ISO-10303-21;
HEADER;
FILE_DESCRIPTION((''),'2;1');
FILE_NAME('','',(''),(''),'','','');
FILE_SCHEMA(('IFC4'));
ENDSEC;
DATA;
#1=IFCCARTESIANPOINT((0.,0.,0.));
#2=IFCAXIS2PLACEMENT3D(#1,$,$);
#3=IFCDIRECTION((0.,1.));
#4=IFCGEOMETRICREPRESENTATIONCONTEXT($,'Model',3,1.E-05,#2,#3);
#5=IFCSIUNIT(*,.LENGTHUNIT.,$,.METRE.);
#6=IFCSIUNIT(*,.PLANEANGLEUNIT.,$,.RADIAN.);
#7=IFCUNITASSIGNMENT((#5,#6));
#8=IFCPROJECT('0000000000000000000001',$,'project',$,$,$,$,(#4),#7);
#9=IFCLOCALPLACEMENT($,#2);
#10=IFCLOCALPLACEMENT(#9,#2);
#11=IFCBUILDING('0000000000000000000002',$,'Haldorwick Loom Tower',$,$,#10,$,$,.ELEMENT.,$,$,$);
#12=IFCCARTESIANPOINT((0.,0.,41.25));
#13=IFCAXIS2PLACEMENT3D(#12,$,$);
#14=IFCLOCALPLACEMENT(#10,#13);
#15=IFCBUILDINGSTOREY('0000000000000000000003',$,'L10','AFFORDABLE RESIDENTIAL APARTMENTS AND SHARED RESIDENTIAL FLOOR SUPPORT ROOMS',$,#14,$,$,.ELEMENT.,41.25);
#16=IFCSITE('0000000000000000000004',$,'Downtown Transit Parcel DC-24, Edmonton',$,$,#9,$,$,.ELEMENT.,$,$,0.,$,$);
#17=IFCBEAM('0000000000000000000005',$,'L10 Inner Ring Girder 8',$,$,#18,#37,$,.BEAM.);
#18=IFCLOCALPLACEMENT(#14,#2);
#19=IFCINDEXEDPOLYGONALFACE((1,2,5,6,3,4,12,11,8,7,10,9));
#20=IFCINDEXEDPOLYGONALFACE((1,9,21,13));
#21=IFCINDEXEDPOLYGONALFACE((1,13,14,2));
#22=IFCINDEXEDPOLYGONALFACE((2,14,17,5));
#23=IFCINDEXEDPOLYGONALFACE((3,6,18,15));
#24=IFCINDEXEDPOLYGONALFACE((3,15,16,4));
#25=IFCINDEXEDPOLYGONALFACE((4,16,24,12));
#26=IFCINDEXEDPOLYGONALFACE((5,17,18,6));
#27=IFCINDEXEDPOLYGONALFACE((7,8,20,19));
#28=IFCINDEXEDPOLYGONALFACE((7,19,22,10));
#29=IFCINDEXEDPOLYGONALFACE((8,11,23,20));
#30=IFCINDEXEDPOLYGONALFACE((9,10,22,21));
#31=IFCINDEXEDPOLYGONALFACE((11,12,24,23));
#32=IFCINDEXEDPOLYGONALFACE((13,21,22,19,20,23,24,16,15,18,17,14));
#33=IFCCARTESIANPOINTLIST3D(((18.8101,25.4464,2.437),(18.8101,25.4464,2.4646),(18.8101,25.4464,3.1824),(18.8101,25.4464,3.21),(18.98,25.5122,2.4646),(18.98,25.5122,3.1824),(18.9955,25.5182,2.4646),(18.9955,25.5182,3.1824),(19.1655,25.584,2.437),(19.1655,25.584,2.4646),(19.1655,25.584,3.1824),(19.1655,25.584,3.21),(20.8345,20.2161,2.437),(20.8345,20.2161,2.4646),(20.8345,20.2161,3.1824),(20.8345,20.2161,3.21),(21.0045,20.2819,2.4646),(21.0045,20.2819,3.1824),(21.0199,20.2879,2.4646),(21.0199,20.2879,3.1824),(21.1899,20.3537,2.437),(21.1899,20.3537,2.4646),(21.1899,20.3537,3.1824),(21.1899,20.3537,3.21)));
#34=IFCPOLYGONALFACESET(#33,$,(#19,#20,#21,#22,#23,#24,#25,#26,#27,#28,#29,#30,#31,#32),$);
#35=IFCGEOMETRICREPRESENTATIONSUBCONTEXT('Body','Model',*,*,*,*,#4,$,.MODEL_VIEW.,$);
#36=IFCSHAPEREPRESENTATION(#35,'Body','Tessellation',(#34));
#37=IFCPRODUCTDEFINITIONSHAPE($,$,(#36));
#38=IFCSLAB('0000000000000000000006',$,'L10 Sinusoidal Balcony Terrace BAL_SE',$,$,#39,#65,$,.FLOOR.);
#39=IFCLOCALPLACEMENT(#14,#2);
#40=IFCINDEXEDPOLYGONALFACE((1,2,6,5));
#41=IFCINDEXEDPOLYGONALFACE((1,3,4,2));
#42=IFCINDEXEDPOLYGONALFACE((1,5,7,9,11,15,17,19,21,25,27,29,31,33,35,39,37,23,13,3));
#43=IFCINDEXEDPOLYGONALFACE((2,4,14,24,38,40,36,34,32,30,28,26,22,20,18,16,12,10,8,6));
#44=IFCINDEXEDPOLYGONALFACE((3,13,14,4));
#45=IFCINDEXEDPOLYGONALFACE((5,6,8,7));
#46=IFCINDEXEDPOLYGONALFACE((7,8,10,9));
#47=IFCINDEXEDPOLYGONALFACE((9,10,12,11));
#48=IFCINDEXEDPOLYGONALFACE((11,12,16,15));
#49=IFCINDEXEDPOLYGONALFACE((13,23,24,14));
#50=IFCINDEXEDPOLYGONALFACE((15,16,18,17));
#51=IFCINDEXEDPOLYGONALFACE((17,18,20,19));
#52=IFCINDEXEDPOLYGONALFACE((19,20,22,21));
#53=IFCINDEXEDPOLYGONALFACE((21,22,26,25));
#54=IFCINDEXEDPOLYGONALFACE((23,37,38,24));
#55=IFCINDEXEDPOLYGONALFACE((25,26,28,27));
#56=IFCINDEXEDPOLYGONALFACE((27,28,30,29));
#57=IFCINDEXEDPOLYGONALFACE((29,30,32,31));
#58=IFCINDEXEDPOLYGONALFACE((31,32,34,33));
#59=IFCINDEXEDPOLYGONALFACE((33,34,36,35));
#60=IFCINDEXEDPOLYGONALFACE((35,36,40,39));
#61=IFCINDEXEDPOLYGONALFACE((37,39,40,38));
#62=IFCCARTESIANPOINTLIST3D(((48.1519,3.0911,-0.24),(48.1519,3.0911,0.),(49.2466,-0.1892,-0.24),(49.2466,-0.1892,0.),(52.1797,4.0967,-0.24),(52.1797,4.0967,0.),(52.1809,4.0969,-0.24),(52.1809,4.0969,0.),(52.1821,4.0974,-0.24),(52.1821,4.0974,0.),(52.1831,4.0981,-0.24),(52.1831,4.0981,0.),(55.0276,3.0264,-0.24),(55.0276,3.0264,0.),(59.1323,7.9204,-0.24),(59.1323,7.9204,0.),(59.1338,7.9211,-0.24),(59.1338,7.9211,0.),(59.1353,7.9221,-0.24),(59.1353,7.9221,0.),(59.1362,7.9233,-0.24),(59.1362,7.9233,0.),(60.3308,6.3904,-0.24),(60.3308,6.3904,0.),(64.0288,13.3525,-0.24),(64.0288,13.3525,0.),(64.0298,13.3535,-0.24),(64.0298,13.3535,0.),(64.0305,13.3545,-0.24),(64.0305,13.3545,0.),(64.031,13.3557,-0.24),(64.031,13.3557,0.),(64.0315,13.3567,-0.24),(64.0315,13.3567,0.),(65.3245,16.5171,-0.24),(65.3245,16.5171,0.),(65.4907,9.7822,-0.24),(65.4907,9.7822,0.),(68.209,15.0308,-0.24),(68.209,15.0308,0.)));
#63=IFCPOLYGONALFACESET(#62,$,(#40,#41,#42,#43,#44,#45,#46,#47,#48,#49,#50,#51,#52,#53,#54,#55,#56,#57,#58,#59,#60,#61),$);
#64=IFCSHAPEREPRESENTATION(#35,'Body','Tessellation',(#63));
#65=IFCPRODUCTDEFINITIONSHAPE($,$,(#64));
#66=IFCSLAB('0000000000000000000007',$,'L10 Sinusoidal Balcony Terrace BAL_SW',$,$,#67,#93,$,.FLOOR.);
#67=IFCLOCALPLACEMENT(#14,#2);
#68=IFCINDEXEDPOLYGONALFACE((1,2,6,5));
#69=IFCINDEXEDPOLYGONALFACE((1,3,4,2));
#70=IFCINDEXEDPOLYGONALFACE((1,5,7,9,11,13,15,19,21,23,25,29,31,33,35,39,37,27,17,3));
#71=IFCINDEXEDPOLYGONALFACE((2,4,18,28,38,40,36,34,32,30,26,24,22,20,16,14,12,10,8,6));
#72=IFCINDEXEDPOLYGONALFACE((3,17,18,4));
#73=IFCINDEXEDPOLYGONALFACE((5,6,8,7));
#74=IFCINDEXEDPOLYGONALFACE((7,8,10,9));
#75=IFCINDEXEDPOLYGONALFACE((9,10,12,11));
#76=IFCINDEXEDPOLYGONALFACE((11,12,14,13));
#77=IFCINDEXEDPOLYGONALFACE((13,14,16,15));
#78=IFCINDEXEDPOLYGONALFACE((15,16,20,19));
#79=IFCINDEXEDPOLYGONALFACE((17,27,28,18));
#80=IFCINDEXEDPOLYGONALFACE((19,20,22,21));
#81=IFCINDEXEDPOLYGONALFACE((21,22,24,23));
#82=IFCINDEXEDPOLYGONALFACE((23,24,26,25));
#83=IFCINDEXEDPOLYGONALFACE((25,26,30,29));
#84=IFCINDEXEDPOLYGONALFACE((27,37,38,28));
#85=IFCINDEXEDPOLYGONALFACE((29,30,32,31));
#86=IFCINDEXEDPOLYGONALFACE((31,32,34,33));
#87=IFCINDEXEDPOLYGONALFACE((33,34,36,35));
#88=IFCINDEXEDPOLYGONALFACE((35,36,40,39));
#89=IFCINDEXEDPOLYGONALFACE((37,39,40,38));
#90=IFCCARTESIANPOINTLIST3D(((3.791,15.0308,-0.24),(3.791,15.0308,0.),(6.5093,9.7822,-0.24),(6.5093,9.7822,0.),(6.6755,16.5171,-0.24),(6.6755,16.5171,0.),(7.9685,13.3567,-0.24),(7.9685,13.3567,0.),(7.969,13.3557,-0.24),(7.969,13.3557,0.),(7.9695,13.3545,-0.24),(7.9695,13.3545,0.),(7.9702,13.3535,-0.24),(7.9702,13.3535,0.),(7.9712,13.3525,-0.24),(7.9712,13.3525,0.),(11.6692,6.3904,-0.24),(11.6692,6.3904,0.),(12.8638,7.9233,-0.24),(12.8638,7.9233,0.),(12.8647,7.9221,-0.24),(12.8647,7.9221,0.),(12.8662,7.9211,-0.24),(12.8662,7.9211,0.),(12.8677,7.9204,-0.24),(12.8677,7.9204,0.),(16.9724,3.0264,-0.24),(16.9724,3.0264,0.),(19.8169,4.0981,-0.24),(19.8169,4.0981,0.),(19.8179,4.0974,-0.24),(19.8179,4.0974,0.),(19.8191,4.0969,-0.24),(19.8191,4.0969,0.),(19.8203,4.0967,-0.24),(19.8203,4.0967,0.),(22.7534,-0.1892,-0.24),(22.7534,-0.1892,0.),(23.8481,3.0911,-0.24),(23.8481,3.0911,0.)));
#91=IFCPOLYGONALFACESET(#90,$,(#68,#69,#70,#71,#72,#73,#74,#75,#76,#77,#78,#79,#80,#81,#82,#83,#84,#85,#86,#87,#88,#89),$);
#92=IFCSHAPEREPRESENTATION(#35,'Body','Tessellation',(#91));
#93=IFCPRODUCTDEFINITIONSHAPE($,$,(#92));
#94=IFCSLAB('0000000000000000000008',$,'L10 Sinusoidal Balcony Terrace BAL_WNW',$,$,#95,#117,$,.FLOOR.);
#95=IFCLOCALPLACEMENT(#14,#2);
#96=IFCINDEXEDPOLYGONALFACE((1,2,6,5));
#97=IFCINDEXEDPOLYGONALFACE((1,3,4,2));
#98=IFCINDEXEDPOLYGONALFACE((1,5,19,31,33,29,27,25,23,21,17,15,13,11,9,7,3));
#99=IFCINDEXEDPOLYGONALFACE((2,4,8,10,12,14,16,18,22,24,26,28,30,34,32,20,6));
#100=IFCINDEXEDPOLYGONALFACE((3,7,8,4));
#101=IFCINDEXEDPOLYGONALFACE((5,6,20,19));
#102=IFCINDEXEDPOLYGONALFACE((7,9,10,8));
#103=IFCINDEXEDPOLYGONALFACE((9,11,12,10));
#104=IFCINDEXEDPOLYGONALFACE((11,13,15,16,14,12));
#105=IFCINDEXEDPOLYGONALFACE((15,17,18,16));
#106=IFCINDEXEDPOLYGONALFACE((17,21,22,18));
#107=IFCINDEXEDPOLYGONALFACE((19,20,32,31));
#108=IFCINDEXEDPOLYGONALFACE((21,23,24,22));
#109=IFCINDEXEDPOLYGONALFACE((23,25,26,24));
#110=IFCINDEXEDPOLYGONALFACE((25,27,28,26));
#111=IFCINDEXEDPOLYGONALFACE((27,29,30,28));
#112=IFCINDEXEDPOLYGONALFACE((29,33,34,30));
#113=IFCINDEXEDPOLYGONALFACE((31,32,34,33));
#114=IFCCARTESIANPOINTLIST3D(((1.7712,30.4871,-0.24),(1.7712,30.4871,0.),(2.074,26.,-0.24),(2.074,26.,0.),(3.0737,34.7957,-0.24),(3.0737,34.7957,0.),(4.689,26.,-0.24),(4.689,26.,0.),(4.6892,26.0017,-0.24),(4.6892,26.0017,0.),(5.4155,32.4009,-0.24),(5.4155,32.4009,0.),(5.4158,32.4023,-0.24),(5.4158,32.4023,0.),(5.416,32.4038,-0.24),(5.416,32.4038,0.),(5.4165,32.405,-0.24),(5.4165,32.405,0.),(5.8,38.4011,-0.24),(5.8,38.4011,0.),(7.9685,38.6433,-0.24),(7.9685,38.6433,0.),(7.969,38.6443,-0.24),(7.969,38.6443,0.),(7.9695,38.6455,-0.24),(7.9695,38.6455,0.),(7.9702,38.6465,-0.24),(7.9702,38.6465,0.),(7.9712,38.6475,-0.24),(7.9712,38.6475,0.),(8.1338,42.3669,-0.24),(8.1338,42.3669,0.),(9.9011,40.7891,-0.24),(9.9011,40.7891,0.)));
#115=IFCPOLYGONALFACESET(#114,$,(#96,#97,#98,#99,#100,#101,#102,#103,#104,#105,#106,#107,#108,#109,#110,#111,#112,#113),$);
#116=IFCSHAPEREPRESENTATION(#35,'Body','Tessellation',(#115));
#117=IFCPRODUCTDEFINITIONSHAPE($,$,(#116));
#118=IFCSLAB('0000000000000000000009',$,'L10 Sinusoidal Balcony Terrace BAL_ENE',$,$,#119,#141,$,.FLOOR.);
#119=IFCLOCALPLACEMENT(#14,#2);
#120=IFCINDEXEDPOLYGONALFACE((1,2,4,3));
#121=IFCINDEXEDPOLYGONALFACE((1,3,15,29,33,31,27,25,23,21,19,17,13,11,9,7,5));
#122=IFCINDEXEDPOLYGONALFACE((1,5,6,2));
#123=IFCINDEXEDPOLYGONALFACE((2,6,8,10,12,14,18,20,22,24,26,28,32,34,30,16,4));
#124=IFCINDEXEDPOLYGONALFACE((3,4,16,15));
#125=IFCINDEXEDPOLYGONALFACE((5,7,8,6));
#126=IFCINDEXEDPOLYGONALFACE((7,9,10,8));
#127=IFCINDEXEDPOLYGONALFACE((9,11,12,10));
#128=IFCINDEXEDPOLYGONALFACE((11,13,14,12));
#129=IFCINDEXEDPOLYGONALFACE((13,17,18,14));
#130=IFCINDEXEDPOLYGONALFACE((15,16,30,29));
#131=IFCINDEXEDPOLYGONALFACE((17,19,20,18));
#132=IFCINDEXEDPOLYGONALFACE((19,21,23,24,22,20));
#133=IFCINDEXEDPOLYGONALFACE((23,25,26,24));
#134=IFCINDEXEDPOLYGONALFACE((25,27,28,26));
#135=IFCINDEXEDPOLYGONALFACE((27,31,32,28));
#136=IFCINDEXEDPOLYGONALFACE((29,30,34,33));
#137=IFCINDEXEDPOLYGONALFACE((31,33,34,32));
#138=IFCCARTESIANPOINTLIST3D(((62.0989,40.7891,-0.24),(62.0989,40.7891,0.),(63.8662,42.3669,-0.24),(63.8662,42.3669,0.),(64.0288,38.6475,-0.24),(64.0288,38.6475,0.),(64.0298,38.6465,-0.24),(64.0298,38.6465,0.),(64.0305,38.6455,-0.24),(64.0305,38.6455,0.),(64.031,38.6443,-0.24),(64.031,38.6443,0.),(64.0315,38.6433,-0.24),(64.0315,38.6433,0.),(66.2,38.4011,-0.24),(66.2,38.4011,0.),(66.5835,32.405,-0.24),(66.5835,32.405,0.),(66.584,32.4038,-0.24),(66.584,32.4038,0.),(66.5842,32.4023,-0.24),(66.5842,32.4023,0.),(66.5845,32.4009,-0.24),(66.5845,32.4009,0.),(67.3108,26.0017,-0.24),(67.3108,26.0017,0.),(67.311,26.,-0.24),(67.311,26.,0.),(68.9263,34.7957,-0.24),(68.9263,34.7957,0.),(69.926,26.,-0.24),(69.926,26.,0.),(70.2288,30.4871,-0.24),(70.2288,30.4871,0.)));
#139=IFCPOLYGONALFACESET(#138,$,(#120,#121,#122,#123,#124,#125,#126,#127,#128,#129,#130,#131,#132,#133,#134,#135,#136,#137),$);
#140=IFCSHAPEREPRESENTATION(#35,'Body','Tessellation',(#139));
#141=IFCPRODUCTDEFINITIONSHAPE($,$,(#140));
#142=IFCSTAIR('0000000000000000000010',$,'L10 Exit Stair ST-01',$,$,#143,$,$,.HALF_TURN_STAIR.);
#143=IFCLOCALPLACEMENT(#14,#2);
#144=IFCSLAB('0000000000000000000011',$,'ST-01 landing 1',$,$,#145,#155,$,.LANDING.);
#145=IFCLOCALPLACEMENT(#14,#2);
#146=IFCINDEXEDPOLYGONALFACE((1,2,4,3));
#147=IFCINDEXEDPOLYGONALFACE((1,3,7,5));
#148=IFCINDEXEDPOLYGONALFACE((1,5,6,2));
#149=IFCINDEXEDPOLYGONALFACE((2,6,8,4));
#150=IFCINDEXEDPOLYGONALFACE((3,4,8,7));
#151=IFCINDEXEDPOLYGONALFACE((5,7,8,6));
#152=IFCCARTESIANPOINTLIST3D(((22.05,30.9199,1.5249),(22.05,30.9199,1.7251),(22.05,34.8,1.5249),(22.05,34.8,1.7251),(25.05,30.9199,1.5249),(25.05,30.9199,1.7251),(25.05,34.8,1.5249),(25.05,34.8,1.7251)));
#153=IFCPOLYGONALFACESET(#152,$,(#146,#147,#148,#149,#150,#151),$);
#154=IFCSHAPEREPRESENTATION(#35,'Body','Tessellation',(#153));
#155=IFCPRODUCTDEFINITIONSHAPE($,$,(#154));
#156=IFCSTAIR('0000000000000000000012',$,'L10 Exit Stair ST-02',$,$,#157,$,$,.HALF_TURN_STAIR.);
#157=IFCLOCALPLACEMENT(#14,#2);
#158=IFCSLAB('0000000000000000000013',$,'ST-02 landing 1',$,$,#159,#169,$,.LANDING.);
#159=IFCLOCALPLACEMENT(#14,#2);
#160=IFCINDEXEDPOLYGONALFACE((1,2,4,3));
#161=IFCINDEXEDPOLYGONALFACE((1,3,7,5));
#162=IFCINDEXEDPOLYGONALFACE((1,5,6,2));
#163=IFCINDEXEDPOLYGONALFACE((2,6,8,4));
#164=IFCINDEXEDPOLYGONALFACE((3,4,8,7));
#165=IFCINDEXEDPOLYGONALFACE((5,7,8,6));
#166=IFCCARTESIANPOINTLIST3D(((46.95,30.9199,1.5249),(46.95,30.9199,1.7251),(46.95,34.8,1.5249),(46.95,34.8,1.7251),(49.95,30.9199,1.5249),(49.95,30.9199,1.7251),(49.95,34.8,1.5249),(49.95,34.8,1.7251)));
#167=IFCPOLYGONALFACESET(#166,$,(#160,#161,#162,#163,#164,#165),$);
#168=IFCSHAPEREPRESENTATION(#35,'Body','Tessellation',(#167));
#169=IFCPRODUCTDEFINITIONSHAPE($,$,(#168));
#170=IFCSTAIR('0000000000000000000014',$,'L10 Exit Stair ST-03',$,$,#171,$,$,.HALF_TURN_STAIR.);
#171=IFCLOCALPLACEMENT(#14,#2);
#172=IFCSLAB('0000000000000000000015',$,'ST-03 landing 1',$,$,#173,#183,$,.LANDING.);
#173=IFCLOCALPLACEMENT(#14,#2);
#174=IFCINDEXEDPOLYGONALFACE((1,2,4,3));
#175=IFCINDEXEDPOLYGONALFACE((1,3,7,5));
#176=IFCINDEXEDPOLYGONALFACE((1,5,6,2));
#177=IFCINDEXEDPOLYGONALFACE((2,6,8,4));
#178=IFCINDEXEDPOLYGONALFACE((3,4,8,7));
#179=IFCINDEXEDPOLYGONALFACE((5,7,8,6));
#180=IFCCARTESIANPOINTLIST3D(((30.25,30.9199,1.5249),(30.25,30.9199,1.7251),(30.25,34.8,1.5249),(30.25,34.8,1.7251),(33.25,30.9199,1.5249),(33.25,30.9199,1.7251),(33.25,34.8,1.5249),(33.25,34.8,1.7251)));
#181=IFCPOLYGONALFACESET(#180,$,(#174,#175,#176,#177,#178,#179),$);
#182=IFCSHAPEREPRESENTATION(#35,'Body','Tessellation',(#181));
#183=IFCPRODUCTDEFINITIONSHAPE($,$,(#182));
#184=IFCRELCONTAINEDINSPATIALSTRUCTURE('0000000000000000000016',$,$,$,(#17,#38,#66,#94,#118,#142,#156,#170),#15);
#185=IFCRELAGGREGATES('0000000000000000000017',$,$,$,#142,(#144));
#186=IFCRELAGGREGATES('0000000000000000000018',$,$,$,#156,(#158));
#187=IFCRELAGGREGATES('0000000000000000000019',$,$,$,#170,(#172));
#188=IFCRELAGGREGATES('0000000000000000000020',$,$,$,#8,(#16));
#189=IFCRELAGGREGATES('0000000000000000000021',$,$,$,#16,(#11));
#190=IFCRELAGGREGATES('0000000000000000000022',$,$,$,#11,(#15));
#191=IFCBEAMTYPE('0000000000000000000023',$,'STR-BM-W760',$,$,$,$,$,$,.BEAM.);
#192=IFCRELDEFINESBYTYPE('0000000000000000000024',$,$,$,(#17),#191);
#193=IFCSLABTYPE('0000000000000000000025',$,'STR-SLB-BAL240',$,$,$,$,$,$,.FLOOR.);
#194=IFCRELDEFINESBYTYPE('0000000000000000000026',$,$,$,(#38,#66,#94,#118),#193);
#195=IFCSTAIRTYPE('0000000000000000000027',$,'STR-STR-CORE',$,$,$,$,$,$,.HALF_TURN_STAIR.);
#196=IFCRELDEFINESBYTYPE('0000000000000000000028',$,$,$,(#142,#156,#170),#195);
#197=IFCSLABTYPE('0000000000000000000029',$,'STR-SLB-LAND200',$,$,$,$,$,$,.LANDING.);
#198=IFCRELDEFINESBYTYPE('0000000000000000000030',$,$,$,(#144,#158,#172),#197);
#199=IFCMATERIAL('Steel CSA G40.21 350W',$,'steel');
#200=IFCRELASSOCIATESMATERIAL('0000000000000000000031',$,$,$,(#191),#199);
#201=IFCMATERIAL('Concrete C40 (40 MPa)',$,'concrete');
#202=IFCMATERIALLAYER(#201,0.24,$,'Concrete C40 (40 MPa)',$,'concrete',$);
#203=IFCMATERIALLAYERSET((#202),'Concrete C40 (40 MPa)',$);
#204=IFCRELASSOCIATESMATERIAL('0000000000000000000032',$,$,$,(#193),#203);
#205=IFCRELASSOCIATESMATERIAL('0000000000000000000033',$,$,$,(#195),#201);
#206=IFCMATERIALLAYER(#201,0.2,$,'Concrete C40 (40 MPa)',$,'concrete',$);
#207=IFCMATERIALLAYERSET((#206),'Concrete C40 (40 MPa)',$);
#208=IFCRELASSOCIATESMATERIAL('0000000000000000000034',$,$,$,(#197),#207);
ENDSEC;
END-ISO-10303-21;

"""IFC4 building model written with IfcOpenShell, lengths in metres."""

from ifc_helpers import new_model, si_unit, direction, frame, origin, origin_2d, place, context, subcontext, project, spatial, polyline, i_section, outline, extrude, material, layer, layer_set, material_profile, profile_set, type_object, element, aggregate, save


model = new_model("IFC4")

# Units and contexts
model_context = context("Model", 3, precision=1e-05, world=origin(), true_north=direction((0.0, 1.0)))
body_context = subcontext(model_context, "Body", "Model", "MODEL_VIEW")
ifc_project = project(units=[si_unit("LENGTHUNIT", "METRE"), si_unit("PLANEANGLEUNIT", "RADIAN")], contexts=[model_context])

# Site, building, storey
site_placement = place(None, origin())
site = spatial("IfcSite", under=ifc_project, at=site_placement, Name="Downtown Transit Parcel DC-24, Edmonton", CompositionType="ELEMENT", RefElevation=0.0)
building_placement = place(site_placement, origin())
building = spatial("IfcBuilding", under=site, at=building_placement, Name="Haldorwick Loom Tower", CompositionType="ELEMENT")
storey_placement = place(building_placement, frame((0.0, 0.0, 41.25)))
storey = spatial("IfcBuildingStorey", under=building, at=storey_placement, Name="L10", Description="AFFORDABLE RESIDENTIAL APARTMENTS AND SHARED RESIDENTIAL FLOOR SUPPORT ROOMS", CompositionType="ELEMENT", Elevation=41.25)

# Beam
ifc_material_1 = material(Name="Steel CSA G40.21 350W", Category="steel")
ifc_material_profile_1 = material_profile(ifc_material_1, i_section(OverallWidth=0.3811, OverallDepth=0.7729, WebThickness=0.0166, FlangeThickness=0.0276, at=origin_2d()), Name="W760X257", Category="steel")
ifc_profile_set_1 = profile_set([ifc_material_profile_1], Name="Steel CSA G40.21 350W")
beam_type_1 = type_object("IfcBeamType", Name="STR-BM-W760", PredefinedType="BEAM", material=ifc_profile_set_1)
beam_1_placement = place(storey_placement, frame((21.0122, 20.2849, 2.8235), z_axis=(-0.360965, 0.932579, 0.0), x_axis=(-0.932579, -0.360965, 0.0)))
element("IfcBeam", 1, at=beam_1_placement, inside=storey, type_object=beam_type_1, Name="L10 Inner Ring Girder 8", PredefinedType="BEAM", context=body_context, shape_type="SweptSolid", body=[
    extrude(i_section(OverallWidth=0.3811, OverallDepth=0.7729, WebThickness=0.0166, FlangeThickness=0.0276, at=origin_2d()), origin(), (0.0, 0.0, 1.0), 5.6084),
])

# Slabs
ifc_material_2 = material(Name="Concrete C40 (40 MPa)", Category="concrete")
ifc_layer_1 = layer(ifc_material_2, 0.24, Name="Concrete C40 (40 MPa)", Category="concrete")
ifc_layer_set_1 = layer_set([ifc_layer_1], Name="Concrete C40 (40 MPa)")
slab_type_1 = type_object("IfcSlabType", Name="STR-SLB-BAL240", PredefinedType="FLOOR", material=ifc_layer_set_1)
slab_1_placement = place(storey_placement, frame((0.0, 0.0, -0.24)))
element("IfcSlab", 2, at=slab_1_placement, inside=storey, type_object=slab_type_1, Name="L10 Sinusoidal Balcony Terrace BAL_SE", PredefinedType="FLOOR", context=body_context, shape_type="SweptSolid", body=[
    extrude(outline(polyline([(65.3245, 16.5171), (64.0315, 13.3567), (64.031, 13.3557), (64.0305, 13.3545), (64.0298, 13.3535), (64.0288, 13.3525), (59.1362, 7.9233), (59.1353, 7.9221), (59.1338, 7.9211), (59.1323, 7.9204), (52.1831, 4.0981), (52.1821, 4.0974), (52.1809, 4.0969), (52.1797, 4.0967), (48.1519, 3.0911), (49.2466, -0.1892), (55.0276, 3.0264), (60.3308, 6.3904), (65.4907, 9.7822), (68.209, 15.0308), (65.3245, 16.5171)])), origin(), (0.0, 0.0, 1.0), 0.24),
])
slab_2_placement = place(storey_placement, frame((0.0, 0.0, -0.24)))
element("IfcSlab", 3, at=slab_2_placement, inside=storey, type_object=slab_type_1, Name="L10 Sinusoidal Balcony Terrace BAL_SW", PredefinedType="FLOOR", context=body_context, shape_type="SweptSolid", body=[
    extrude(outline(polyline([(23.8481, 3.0911), (19.8203, 4.0967), (19.8191, 4.0969), (19.8179, 4.0974), (19.8169, 4.0981), (12.8677, 7.9204), (12.8662, 7.9211), (12.8647, 7.9221), (12.8638, 7.9233), (7.9712, 13.3525), (7.9702, 13.3535), (7.9695, 13.3545), (7.969, 13.3557), (7.9685, 13.3567), (6.6755, 16.5171), (3.791, 15.0308), (6.5093, 9.7822), (11.6692, 6.3904), (16.9724, 3.0264), (22.7534, -0.1892), (23.8481, 3.0911)])), origin(), (0.0, 0.0, 1.0), 0.24),
])
slab_3_placement = place(storey_placement, frame((0.0, 0.0, -0.24)))
element("IfcSlab", 4, at=slab_3_placement, inside=storey, type_object=slab_type_1, Name="L10 Sinusoidal Balcony Terrace BAL_WNW", PredefinedType="FLOOR", context=body_context, shape_type="SweptSolid", body=[
    extrude(outline(polyline([(4.689, 26.0), (4.6892, 26.0017), (5.4155, 32.4009), (5.4158, 32.4023), (5.416, 32.4038), (5.4165, 32.405), (7.9685, 38.6433), (7.969, 38.6443), (7.9695, 38.6455), (7.9702, 38.6465), (7.9712, 38.6475), (9.9011, 40.7891), (8.1338, 42.3669), (5.8, 38.4011), (3.0737, 34.7957), (1.7712, 30.4871), (2.074, 26.0), (4.689, 26.0)])), origin(), (0.0, 0.0, 1.0), 0.24),
])
slab_4_placement = place(storey_placement, frame((0.0, 0.0, -0.24)))
element("IfcSlab", 5, at=slab_4_placement, inside=storey, type_object=slab_type_1, Name="L10 Sinusoidal Balcony Terrace BAL_ENE", PredefinedType="FLOOR", context=body_context, shape_type="SweptSolid", body=[
    extrude(outline(polyline([(62.0989, 40.7891), (64.0288, 38.6475), (64.0298, 38.6465), (64.0305, 38.6455), (64.031, 38.6443), (64.0315, 38.6433), (66.5835, 32.405), (66.584, 32.4038), (66.5842, 32.4023), (66.5845, 32.4009), (67.3108, 26.0017), (67.311, 26.0), (69.926, 26.0), (70.2288, 30.4871), (68.9263, 34.7957), (66.2, 38.4011), (63.8662, 42.3669), (62.0989, 40.7891)])), origin(), (0.0, 0.0, 1.0), 0.24),
])

# Stairs, slabs
stair_type = type_object("IfcStairType", Name="STR-STR-CORE", PredefinedType="HALF_TURN_STAIR", material=ifc_material_2)
stair_1_placement = place(storey_placement, origin())
stair_1 = element("IfcStair", 6, at=stair_1_placement, inside=storey, type_object=stair_type, Name="L10 Exit Stair ST-01", PredefinedType="HALF_TURN_STAIR")
ifc_layer_2 = layer(ifc_material_2, 0.2, Name="Concrete C40 (40 MPa)", Category="concrete")
ifc_layer_set_2 = layer_set([ifc_layer_2], Name="Concrete C40 (40 MPa)")
slab_type_2 = type_object("IfcSlabType", Name="STR-SLB-LAND200", PredefinedType="LANDING", material=ifc_layer_set_2)
slab_5_placement = place(storey_placement, frame((0.0, 0.0, 1.5249)))
slab_5 = element("IfcSlab", 7, at=slab_5_placement, type_object=slab_type_2, Name="ST-01 landing 1", PredefinedType="LANDING", context=body_context, shape_type="SweptSolid", body=[
    extrude(outline(polyline([(25.05, 30.9199), (25.05, 34.8), (22.05, 34.8), (22.05, 30.9199), (25.05, 30.9199)])), origin(), (0.0, 0.0, 1.0), 0.2002),
])
aggregate(stair_1, [slab_5])
stair_2_placement = place(storey_placement, origin())
stair_2 = element("IfcStair", 8, at=stair_2_placement, inside=storey, type_object=stair_type, Name="L10 Exit Stair ST-02", PredefinedType="HALF_TURN_STAIR")
slab_6_placement = place(storey_placement, frame((0.0, 0.0, 1.5249)))
slab_6 = element("IfcSlab", 9, at=slab_6_placement, type_object=slab_type_2, Name="ST-02 landing 1", PredefinedType="LANDING", context=body_context, shape_type="SweptSolid", body=[
    extrude(outline(polyline([(49.95, 30.9199), (49.95, 34.8), (46.95, 34.8), (46.95, 30.9199), (49.95, 30.9199)])), origin(), (0.0, 0.0, 1.0), 0.2002),
])
aggregate(stair_2, [slab_6])
stair_3_placement = place(storey_placement, origin())
stair_3 = element("IfcStair", 10, at=stair_3_placement, inside=storey, type_object=stair_type, Name="L10 Exit Stair ST-03", PredefinedType="HALF_TURN_STAIR")
slab_7_placement = place(storey_placement, frame((0.0, 0.0, 1.5249)))
slab_7 = element("IfcSlab", 11, at=slab_7_placement, type_object=slab_type_2, Name="ST-03 landing 1", PredefinedType="LANDING", context=body_context, shape_type="SweptSolid", body=[
    extrude(outline(polyline([(33.25, 30.9199), (33.25, 34.8), (30.25, 34.8), (30.25, 30.9199), (33.25, 30.9199)])), origin(), (0.0, 0.0, 1.0), 0.2002),
])
aggregate(stair_3, [slab_7])

save(model, "model.ifc")
